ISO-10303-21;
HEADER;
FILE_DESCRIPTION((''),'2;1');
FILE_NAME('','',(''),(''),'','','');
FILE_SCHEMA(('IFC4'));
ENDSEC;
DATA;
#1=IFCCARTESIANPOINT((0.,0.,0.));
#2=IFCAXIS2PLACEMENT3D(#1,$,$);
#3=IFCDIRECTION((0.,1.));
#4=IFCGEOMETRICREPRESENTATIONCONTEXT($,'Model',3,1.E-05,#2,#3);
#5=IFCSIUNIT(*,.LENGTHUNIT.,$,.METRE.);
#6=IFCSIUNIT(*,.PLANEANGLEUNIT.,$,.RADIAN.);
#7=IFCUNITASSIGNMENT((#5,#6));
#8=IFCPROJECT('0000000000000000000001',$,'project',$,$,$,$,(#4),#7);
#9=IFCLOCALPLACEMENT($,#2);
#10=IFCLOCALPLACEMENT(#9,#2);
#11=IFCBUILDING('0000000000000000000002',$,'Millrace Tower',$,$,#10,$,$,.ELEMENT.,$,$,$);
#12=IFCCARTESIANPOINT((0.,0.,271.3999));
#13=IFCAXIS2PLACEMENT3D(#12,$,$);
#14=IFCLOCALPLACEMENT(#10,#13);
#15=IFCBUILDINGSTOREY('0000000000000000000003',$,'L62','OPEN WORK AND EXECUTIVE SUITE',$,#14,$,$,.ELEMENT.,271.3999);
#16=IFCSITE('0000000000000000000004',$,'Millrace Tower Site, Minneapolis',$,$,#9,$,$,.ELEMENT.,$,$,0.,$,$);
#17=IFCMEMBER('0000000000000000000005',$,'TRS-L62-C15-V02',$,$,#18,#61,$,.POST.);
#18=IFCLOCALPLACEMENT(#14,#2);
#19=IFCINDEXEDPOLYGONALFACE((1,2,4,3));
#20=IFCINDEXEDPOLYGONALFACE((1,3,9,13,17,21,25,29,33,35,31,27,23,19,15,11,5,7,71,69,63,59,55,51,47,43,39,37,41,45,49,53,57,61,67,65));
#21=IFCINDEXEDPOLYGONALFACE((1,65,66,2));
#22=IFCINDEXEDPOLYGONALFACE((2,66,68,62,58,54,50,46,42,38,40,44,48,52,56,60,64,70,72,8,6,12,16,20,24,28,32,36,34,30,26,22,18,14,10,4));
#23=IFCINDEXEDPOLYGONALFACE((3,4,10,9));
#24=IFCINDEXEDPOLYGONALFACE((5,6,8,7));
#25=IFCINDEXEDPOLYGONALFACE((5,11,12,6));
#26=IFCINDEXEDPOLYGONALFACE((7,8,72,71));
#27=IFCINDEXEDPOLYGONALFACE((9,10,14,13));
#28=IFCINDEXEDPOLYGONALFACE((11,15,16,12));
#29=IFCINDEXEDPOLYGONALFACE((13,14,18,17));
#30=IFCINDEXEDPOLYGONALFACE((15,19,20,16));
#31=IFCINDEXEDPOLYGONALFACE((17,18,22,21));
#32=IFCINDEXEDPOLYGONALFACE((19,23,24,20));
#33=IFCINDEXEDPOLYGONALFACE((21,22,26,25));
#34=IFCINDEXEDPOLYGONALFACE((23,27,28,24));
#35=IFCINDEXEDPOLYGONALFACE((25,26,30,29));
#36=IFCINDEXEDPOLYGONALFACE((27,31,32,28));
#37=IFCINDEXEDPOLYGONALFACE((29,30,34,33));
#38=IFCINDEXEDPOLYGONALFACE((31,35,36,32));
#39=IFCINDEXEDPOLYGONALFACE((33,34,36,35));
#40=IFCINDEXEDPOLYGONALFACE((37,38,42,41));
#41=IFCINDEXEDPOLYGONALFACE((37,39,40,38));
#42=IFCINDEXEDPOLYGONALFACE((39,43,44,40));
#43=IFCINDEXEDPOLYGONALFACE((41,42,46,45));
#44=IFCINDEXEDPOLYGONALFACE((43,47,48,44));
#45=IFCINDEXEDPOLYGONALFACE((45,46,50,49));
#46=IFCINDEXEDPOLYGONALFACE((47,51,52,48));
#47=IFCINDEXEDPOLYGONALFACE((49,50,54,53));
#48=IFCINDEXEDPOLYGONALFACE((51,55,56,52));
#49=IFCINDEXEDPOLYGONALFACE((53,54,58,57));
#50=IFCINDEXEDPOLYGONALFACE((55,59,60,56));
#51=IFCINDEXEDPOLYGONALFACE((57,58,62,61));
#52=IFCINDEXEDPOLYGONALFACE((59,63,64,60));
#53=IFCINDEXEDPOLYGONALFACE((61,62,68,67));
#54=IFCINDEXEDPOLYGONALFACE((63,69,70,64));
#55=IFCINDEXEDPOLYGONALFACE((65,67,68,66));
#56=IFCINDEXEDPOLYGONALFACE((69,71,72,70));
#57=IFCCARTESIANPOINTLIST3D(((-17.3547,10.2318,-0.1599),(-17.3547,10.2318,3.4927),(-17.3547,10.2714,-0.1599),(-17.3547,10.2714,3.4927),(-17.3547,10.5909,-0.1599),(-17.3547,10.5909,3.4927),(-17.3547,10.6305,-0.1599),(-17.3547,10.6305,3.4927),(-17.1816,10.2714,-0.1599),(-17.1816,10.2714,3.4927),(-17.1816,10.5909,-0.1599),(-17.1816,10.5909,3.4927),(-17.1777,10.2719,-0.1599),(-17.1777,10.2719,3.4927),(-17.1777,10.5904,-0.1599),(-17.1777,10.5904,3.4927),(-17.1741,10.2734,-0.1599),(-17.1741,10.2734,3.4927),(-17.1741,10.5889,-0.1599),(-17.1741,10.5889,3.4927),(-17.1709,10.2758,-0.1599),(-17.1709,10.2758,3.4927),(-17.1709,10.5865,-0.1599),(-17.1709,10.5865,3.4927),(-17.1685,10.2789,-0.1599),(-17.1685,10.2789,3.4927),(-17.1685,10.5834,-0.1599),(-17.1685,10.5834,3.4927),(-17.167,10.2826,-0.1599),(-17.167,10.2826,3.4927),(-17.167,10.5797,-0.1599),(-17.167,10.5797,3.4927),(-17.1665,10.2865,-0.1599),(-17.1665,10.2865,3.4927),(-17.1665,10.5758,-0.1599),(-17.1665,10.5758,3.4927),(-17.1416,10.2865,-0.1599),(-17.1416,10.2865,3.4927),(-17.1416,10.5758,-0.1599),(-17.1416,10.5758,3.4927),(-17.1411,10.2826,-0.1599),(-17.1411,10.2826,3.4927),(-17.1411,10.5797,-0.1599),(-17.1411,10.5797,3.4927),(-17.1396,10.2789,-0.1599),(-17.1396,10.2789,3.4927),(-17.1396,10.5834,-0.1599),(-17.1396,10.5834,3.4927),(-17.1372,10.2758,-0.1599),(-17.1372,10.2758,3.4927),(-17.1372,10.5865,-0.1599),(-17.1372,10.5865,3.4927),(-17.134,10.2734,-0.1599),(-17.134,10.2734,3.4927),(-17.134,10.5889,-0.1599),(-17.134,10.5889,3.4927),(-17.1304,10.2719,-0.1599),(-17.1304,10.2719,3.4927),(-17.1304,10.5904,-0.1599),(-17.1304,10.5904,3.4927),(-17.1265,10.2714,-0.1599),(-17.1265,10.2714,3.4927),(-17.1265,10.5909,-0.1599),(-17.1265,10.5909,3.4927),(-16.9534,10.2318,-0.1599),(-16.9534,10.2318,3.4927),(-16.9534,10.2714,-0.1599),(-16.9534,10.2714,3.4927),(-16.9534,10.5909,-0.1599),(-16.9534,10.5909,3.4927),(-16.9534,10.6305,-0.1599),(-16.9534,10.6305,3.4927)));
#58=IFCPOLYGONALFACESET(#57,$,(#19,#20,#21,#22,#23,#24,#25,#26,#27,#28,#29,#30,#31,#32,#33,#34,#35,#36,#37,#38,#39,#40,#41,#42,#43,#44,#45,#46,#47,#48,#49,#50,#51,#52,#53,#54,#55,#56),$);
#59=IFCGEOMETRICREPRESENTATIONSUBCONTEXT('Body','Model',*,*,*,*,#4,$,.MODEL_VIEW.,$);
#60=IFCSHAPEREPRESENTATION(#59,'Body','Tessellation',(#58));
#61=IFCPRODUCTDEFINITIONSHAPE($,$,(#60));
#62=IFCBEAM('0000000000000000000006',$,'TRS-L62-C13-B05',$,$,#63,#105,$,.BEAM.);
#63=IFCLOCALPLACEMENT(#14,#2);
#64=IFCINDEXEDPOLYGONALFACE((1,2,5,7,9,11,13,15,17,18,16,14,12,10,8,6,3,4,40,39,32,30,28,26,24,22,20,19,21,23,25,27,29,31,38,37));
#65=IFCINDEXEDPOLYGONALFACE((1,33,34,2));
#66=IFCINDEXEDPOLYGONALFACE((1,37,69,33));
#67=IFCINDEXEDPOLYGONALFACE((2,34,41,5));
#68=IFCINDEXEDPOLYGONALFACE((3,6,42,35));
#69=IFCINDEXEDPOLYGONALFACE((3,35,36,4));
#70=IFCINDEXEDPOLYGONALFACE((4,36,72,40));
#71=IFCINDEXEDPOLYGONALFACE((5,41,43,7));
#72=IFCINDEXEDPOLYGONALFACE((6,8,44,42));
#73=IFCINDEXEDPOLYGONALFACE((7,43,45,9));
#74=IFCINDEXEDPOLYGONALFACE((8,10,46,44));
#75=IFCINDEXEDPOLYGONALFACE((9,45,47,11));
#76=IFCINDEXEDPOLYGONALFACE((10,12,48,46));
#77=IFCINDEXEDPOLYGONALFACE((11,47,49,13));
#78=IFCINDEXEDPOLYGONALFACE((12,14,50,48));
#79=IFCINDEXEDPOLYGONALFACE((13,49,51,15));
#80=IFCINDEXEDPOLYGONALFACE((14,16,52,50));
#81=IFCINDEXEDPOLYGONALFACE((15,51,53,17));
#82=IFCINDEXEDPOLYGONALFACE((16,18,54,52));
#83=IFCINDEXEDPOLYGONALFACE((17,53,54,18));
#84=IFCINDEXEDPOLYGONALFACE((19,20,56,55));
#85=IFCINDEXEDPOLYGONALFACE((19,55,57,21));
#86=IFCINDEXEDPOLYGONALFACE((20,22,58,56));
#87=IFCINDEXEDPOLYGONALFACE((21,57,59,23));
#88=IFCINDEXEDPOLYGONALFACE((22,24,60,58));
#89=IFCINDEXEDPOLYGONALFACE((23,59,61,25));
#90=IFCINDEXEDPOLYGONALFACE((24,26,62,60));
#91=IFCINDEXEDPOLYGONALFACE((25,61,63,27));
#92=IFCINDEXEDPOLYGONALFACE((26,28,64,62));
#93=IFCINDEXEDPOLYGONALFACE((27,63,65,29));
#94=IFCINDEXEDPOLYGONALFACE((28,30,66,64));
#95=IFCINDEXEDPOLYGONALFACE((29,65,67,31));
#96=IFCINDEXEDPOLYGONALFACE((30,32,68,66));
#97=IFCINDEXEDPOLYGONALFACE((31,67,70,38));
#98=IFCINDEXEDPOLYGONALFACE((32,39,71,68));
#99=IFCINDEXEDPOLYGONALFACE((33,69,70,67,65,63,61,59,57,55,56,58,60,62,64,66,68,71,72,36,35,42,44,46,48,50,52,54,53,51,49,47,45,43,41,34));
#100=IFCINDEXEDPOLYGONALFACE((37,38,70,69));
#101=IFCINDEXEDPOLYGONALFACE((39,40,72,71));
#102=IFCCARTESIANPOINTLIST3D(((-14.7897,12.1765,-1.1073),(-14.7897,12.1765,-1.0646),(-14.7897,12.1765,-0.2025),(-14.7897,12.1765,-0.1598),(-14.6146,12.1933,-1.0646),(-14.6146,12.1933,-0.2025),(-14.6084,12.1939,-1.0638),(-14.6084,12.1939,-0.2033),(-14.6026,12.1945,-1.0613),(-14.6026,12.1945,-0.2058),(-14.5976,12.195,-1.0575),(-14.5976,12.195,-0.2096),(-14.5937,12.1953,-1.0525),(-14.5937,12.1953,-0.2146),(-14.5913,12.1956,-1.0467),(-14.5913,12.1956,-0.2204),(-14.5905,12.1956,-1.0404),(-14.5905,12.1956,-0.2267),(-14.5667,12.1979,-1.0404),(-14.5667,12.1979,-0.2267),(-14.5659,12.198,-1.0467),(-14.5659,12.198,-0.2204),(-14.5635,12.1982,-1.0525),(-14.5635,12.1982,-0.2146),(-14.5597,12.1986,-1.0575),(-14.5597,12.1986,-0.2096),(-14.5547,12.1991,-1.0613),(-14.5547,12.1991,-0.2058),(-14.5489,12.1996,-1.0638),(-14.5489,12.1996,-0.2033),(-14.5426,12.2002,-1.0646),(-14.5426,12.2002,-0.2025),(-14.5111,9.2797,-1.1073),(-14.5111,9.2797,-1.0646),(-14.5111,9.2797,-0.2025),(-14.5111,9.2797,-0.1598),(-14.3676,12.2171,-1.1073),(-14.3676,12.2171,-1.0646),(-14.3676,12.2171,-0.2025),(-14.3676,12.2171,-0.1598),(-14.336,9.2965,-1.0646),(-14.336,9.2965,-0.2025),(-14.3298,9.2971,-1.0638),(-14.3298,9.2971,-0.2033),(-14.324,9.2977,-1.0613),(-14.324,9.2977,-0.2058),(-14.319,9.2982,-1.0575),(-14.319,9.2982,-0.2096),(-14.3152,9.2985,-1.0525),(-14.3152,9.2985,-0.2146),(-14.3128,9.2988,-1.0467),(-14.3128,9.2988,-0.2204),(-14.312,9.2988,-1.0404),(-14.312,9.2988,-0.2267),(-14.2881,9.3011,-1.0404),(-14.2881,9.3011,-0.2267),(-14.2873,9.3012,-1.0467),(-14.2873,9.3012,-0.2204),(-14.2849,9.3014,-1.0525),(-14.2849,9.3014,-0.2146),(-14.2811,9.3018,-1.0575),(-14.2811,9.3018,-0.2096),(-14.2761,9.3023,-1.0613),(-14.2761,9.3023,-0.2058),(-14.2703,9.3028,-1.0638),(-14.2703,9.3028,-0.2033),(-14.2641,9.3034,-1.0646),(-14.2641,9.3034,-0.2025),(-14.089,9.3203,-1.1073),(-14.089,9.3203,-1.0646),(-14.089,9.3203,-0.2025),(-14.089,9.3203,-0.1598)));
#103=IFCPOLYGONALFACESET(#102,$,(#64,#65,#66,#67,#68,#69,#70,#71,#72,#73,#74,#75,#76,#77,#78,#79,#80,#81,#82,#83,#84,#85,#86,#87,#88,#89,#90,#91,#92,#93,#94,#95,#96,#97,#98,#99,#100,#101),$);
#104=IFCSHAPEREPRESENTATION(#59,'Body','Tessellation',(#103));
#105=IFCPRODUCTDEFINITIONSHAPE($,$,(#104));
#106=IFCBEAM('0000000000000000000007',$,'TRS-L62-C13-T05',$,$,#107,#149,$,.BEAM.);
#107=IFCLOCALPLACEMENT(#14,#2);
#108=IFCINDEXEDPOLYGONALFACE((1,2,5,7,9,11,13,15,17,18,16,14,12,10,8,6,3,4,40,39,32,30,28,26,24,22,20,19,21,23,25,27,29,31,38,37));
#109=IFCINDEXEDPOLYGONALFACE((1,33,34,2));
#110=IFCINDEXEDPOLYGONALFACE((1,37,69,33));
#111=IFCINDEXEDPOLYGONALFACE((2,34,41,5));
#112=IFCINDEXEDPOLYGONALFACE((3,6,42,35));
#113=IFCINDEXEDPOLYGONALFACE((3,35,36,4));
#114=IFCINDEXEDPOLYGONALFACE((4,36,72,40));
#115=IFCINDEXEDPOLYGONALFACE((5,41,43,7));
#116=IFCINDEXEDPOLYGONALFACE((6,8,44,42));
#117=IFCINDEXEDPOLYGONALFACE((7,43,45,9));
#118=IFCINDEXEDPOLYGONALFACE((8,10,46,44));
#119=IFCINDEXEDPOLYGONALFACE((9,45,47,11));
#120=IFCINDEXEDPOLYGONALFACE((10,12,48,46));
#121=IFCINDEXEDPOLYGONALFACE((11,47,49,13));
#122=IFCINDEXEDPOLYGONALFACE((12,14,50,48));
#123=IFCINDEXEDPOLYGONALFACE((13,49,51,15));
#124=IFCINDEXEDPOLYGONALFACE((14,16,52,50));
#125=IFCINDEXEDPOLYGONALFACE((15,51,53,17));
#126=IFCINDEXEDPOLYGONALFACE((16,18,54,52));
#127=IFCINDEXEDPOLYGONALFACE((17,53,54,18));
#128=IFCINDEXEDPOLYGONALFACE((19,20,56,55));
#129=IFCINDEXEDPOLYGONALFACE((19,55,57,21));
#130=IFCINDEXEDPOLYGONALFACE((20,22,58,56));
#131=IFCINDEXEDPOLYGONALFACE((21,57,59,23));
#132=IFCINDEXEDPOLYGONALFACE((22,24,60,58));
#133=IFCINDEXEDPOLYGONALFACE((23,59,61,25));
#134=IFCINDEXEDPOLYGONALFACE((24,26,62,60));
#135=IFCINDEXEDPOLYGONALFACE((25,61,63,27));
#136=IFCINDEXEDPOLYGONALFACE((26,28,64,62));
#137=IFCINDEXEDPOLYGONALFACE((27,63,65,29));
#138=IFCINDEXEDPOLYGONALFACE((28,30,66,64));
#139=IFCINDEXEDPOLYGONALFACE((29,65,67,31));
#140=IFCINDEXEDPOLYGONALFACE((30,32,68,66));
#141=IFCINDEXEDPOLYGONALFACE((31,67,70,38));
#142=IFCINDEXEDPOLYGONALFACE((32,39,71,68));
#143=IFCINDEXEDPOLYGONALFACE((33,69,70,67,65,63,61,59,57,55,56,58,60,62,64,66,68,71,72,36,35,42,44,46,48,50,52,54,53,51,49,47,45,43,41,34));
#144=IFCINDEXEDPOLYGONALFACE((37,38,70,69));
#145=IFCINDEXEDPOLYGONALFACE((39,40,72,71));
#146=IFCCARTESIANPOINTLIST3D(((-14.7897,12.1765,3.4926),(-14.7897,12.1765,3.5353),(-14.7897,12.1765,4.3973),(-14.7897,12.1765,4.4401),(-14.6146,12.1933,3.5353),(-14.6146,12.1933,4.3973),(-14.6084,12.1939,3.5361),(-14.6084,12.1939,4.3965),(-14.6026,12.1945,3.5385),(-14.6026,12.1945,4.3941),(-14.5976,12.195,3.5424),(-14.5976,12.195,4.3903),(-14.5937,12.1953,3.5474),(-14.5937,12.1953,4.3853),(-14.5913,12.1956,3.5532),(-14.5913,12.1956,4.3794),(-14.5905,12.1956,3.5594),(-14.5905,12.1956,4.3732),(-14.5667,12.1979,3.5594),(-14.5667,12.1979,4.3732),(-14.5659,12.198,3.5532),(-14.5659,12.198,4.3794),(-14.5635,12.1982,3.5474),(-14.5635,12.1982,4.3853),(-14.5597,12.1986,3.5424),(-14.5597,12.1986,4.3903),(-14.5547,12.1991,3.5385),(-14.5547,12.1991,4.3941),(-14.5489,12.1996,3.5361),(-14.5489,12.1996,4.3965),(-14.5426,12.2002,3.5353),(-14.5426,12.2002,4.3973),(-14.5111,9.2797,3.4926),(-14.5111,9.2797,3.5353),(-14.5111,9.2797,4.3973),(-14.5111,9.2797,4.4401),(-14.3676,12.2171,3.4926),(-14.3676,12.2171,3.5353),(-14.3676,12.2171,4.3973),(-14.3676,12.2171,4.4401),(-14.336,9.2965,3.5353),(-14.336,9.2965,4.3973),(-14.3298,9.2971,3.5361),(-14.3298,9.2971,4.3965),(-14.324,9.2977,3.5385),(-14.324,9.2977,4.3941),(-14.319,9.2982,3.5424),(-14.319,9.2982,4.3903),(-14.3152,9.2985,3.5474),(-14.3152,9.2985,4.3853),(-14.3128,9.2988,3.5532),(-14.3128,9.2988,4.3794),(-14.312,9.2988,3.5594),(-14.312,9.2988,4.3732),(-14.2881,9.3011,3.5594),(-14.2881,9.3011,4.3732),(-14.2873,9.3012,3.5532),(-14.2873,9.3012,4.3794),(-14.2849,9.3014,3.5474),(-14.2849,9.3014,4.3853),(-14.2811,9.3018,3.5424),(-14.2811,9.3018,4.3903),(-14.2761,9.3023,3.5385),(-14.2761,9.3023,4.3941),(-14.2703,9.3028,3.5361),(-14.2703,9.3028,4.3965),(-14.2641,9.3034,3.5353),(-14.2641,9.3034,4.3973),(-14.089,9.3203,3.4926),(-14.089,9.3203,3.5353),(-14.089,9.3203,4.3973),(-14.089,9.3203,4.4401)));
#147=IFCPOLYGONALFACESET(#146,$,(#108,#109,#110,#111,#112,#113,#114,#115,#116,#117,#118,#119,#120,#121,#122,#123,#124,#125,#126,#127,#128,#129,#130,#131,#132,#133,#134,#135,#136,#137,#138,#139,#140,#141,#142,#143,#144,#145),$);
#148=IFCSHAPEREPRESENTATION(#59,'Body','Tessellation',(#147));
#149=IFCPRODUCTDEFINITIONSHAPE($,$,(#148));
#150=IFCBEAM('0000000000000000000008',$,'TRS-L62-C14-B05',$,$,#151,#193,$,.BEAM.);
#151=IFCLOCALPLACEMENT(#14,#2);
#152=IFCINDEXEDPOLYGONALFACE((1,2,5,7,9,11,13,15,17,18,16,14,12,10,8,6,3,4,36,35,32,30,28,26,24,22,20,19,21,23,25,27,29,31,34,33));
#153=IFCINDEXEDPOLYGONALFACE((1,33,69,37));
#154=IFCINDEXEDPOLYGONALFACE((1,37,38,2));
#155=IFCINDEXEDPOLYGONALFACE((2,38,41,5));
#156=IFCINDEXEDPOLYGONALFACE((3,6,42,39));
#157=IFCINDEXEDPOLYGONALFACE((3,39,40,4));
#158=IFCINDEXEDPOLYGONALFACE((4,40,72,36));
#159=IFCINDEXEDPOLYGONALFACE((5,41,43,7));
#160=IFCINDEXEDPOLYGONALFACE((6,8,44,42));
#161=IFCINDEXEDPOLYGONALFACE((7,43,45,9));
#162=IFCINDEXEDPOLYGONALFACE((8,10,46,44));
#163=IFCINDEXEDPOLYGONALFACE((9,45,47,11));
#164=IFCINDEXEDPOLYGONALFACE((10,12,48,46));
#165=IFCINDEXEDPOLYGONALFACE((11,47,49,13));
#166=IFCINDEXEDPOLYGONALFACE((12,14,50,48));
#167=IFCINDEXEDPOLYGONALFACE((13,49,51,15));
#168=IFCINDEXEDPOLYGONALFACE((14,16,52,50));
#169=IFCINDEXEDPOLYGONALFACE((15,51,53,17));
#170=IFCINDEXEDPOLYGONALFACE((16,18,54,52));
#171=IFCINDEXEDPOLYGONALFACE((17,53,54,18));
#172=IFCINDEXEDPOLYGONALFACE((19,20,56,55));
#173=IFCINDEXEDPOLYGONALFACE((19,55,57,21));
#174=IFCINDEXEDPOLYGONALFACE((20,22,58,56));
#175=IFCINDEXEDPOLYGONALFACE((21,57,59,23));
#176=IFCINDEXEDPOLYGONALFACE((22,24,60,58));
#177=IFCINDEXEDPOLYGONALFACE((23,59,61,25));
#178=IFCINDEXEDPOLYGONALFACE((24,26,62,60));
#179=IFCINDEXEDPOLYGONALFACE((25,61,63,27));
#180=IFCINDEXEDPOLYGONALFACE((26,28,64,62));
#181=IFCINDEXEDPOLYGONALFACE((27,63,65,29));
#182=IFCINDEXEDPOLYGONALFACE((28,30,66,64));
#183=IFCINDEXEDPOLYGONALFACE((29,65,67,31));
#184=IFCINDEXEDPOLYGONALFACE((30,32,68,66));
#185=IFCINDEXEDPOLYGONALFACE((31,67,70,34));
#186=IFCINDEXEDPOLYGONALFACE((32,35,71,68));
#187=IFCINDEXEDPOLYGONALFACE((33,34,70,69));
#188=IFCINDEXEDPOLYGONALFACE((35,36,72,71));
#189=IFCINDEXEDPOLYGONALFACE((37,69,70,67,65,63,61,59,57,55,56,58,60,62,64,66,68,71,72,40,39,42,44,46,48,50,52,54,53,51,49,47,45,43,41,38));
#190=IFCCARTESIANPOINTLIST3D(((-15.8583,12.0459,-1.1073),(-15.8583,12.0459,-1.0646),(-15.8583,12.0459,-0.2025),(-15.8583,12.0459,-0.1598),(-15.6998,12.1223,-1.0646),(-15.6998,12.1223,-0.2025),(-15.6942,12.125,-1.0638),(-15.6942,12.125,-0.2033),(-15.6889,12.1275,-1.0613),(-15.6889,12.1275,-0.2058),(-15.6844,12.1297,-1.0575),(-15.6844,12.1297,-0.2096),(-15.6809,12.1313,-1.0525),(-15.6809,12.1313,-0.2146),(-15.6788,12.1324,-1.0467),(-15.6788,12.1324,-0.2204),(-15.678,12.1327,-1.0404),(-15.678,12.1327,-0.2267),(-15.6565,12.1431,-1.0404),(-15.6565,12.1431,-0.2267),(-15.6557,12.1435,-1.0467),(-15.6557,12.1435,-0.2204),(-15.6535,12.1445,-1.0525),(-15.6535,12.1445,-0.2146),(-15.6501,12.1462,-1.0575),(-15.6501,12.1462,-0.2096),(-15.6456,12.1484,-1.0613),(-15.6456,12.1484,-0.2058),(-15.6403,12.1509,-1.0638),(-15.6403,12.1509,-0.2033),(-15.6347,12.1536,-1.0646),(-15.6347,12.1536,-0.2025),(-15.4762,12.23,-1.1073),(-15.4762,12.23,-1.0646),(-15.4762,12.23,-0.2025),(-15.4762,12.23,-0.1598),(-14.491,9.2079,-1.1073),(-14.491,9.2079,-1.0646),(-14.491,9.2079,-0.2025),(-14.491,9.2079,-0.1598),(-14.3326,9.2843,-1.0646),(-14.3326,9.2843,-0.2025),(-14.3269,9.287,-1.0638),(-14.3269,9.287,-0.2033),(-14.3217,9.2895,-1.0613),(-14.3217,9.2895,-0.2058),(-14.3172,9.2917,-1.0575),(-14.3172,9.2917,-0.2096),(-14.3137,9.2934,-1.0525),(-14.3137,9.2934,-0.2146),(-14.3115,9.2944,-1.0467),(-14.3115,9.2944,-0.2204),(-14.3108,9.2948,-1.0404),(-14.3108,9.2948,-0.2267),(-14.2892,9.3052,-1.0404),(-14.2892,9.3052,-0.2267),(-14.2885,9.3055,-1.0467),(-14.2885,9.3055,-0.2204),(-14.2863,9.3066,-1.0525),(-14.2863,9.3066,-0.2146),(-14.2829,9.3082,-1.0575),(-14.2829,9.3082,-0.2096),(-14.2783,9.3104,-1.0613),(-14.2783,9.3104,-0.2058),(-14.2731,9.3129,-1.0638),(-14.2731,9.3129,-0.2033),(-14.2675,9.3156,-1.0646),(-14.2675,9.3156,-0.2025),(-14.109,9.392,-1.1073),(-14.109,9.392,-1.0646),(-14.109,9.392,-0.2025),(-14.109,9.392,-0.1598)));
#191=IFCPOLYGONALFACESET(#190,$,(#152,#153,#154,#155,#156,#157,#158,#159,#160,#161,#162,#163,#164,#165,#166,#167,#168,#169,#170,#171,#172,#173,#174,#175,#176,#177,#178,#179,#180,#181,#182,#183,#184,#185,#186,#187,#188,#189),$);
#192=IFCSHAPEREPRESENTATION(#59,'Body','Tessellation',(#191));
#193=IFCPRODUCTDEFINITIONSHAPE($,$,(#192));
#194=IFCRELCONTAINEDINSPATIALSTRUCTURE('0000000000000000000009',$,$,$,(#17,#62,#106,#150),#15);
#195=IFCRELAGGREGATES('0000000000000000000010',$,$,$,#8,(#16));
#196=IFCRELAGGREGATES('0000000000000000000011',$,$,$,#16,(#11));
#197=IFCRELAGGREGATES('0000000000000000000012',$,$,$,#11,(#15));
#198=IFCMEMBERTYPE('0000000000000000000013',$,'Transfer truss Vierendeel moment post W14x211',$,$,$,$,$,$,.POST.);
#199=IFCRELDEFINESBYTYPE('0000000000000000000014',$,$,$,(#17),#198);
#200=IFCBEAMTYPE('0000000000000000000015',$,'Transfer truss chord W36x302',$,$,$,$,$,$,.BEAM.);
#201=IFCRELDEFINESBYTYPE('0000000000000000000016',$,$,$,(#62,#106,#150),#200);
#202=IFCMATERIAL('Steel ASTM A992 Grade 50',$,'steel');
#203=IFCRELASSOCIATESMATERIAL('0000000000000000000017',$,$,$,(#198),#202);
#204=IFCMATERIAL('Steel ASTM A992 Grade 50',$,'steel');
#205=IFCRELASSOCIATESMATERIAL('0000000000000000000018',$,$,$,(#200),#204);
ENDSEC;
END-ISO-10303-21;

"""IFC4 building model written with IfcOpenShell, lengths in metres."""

from ifc_helpers import new_model, si_unit, direction, frame, origin, origin_2d, place, context, subcontext, project, spatial, i_section, extrude, material, material_profile, profile_set, type_object, element, save


model = new_model("IFC4")

# Units and contexts
model_context = context("Model", 3, precision=1e-05, world=origin(), true_north=direction((0.0, 1.0)))
body_context = subcontext(model_context, "Body", "Model", "MODEL_VIEW")
ifc_project = project(units=[si_unit("LENGTHUNIT", "METRE"), si_unit("PLANEANGLEUNIT", "RADIAN")], contexts=[model_context])

# Site, building, storey
site_placement = place(None, origin())
site = spatial("IfcSite", under=ifc_project, at=site_placement, Name="Millrace Tower Site, Minneapolis", CompositionType="ELEMENT", RefElevation=0.0)
building_placement = place(site_placement, origin())
building = spatial("IfcBuilding", under=site, at=building_placement, Name="Millrace Tower", CompositionType="ELEMENT")
storey_placement = place(building_placement, frame((0.0, 0.0, 271.3999)))
storey = spatial("IfcBuildingStorey", under=building, at=storey_placement, Name="L62", Description="OPEN WORK AND EXECUTIVE SUITE", CompositionType="ELEMENT", Elevation=271.3999)

# Member
ifc_material_1 = material(Name="Steel ASTM A992 Grade 50", Category="steel")
ifc_material_profile_1 = material_profile(ifc_material_1, i_section(OverallWidth=0.4014, OverallDepth=0.3987, WebThickness=0.0249, FlangeThickness=0.0396, FilletRadius=0.0151, at=origin_2d()))
ifc_profile_set_1 = profile_set([ifc_material_profile_1], Name="Steel ASTM A992 Grade 50")
member_type = type_object("IfcMemberType", Name="Transfer truss Vierendeel moment post W14x211", PredefinedType="POST", material=ifc_profile_set_1)
for number, where, z_axis, x_axis, name in (
    (1, (-17.1541, 10.4312, -0.1599), (0.0, 0.0, 1.0), (1.0, 0.0, 0.0), "TRS-L62-C15-V02"),
):
    element("IfcMember", number, at=place(storey_placement, frame(where, z_axis=z_axis, x_axis=x_axis)), inside=storey, type_object=member_type, Name=name, PredefinedType="POST", context=body_context, shape_type="SweptSolid", body=[
        extrude(i_section(OverallWidth=0.4014, OverallDepth=0.3987, WebThickness=0.0249, FlangeThickness=0.0396, FilletRadius=0.0151, at=origin_2d()), origin(), (0.0, 0.0, 1.0), 3.6526),
    ])

# Beams
ifc_material_2 = material(Name="Steel ASTM A992 Grade 50", Category="steel")
ifc_material_profile_2 = material_profile(ifc_material_2, i_section(OverallWidth=0.4241, OverallDepth=0.9475, WebThickness=0.0239, FlangeThickness=0.0427, FilletRadius=0.0242, at=origin_2d()))
ifc_profile_set_2 = profile_set([ifc_material_profile_2], Name="Steel ASTM A992 Grade 50")
beam_type_1 = type_object("IfcBeamType", Name="Transfer truss chord W36x302", PredefinedType="BEAM", material=ifc_profile_set_2)
for number, where, z_axis, x_axis, name in (
    (2, (-14.5786, 12.1968, -0.6335), (0.095724, -0.995408, 0.0), (0.995408, 0.095724, 0.0), "TRS-L62-C13-B05"),
    (3, (-14.5786, 12.1968, 3.9663), (0.095724, -0.995408, 0.0), (0.995408, 0.095724, 0.0), "TRS-L62-C13-T05"),
):
    element("IfcBeam", number, at=place(storey_placement, frame(where, z_axis=z_axis, x_axis=x_axis)), inside=storey, type_object=beam_type_1, Name=name, PredefinedType="BEAM", context=body_context, shape_type="SweptSolid", body=[
        extrude(i_section(OverallWidth=0.4241, OverallDepth=0.9475, WebThickness=0.0239, FlangeThickness=0.0427, FilletRadius=0.0242, at=origin_2d()), origin(), (0.0, 0.0, 1.0), 2.9102),
    ])
for number, where, z_axis, x_axis, name in (
    (4, (-15.6672, 12.1379, -0.6335), (0.434021, -0.900903, 0.0), (0.900903, 0.434021, 0.0), "TRS-L62-C14-B05"),
):
    element("IfcBeam", number, at=place(storey_placement, frame(where, z_axis=z_axis, x_axis=x_axis)), inside=storey, type_object=beam_type_1, Name=name, PredefinedType="BEAM", context=body_context, shape_type="SweptSolid", body=[
        extrude(i_section(OverallWidth=0.4241, OverallDepth=0.9475, WebThickness=0.0239, FlangeThickness=0.0427, FilletRadius=0.0242, at=origin_2d()), origin(), (0.0, 0.0, 1.0), 3.1501),
    ])

save(model, "model.ifc")
